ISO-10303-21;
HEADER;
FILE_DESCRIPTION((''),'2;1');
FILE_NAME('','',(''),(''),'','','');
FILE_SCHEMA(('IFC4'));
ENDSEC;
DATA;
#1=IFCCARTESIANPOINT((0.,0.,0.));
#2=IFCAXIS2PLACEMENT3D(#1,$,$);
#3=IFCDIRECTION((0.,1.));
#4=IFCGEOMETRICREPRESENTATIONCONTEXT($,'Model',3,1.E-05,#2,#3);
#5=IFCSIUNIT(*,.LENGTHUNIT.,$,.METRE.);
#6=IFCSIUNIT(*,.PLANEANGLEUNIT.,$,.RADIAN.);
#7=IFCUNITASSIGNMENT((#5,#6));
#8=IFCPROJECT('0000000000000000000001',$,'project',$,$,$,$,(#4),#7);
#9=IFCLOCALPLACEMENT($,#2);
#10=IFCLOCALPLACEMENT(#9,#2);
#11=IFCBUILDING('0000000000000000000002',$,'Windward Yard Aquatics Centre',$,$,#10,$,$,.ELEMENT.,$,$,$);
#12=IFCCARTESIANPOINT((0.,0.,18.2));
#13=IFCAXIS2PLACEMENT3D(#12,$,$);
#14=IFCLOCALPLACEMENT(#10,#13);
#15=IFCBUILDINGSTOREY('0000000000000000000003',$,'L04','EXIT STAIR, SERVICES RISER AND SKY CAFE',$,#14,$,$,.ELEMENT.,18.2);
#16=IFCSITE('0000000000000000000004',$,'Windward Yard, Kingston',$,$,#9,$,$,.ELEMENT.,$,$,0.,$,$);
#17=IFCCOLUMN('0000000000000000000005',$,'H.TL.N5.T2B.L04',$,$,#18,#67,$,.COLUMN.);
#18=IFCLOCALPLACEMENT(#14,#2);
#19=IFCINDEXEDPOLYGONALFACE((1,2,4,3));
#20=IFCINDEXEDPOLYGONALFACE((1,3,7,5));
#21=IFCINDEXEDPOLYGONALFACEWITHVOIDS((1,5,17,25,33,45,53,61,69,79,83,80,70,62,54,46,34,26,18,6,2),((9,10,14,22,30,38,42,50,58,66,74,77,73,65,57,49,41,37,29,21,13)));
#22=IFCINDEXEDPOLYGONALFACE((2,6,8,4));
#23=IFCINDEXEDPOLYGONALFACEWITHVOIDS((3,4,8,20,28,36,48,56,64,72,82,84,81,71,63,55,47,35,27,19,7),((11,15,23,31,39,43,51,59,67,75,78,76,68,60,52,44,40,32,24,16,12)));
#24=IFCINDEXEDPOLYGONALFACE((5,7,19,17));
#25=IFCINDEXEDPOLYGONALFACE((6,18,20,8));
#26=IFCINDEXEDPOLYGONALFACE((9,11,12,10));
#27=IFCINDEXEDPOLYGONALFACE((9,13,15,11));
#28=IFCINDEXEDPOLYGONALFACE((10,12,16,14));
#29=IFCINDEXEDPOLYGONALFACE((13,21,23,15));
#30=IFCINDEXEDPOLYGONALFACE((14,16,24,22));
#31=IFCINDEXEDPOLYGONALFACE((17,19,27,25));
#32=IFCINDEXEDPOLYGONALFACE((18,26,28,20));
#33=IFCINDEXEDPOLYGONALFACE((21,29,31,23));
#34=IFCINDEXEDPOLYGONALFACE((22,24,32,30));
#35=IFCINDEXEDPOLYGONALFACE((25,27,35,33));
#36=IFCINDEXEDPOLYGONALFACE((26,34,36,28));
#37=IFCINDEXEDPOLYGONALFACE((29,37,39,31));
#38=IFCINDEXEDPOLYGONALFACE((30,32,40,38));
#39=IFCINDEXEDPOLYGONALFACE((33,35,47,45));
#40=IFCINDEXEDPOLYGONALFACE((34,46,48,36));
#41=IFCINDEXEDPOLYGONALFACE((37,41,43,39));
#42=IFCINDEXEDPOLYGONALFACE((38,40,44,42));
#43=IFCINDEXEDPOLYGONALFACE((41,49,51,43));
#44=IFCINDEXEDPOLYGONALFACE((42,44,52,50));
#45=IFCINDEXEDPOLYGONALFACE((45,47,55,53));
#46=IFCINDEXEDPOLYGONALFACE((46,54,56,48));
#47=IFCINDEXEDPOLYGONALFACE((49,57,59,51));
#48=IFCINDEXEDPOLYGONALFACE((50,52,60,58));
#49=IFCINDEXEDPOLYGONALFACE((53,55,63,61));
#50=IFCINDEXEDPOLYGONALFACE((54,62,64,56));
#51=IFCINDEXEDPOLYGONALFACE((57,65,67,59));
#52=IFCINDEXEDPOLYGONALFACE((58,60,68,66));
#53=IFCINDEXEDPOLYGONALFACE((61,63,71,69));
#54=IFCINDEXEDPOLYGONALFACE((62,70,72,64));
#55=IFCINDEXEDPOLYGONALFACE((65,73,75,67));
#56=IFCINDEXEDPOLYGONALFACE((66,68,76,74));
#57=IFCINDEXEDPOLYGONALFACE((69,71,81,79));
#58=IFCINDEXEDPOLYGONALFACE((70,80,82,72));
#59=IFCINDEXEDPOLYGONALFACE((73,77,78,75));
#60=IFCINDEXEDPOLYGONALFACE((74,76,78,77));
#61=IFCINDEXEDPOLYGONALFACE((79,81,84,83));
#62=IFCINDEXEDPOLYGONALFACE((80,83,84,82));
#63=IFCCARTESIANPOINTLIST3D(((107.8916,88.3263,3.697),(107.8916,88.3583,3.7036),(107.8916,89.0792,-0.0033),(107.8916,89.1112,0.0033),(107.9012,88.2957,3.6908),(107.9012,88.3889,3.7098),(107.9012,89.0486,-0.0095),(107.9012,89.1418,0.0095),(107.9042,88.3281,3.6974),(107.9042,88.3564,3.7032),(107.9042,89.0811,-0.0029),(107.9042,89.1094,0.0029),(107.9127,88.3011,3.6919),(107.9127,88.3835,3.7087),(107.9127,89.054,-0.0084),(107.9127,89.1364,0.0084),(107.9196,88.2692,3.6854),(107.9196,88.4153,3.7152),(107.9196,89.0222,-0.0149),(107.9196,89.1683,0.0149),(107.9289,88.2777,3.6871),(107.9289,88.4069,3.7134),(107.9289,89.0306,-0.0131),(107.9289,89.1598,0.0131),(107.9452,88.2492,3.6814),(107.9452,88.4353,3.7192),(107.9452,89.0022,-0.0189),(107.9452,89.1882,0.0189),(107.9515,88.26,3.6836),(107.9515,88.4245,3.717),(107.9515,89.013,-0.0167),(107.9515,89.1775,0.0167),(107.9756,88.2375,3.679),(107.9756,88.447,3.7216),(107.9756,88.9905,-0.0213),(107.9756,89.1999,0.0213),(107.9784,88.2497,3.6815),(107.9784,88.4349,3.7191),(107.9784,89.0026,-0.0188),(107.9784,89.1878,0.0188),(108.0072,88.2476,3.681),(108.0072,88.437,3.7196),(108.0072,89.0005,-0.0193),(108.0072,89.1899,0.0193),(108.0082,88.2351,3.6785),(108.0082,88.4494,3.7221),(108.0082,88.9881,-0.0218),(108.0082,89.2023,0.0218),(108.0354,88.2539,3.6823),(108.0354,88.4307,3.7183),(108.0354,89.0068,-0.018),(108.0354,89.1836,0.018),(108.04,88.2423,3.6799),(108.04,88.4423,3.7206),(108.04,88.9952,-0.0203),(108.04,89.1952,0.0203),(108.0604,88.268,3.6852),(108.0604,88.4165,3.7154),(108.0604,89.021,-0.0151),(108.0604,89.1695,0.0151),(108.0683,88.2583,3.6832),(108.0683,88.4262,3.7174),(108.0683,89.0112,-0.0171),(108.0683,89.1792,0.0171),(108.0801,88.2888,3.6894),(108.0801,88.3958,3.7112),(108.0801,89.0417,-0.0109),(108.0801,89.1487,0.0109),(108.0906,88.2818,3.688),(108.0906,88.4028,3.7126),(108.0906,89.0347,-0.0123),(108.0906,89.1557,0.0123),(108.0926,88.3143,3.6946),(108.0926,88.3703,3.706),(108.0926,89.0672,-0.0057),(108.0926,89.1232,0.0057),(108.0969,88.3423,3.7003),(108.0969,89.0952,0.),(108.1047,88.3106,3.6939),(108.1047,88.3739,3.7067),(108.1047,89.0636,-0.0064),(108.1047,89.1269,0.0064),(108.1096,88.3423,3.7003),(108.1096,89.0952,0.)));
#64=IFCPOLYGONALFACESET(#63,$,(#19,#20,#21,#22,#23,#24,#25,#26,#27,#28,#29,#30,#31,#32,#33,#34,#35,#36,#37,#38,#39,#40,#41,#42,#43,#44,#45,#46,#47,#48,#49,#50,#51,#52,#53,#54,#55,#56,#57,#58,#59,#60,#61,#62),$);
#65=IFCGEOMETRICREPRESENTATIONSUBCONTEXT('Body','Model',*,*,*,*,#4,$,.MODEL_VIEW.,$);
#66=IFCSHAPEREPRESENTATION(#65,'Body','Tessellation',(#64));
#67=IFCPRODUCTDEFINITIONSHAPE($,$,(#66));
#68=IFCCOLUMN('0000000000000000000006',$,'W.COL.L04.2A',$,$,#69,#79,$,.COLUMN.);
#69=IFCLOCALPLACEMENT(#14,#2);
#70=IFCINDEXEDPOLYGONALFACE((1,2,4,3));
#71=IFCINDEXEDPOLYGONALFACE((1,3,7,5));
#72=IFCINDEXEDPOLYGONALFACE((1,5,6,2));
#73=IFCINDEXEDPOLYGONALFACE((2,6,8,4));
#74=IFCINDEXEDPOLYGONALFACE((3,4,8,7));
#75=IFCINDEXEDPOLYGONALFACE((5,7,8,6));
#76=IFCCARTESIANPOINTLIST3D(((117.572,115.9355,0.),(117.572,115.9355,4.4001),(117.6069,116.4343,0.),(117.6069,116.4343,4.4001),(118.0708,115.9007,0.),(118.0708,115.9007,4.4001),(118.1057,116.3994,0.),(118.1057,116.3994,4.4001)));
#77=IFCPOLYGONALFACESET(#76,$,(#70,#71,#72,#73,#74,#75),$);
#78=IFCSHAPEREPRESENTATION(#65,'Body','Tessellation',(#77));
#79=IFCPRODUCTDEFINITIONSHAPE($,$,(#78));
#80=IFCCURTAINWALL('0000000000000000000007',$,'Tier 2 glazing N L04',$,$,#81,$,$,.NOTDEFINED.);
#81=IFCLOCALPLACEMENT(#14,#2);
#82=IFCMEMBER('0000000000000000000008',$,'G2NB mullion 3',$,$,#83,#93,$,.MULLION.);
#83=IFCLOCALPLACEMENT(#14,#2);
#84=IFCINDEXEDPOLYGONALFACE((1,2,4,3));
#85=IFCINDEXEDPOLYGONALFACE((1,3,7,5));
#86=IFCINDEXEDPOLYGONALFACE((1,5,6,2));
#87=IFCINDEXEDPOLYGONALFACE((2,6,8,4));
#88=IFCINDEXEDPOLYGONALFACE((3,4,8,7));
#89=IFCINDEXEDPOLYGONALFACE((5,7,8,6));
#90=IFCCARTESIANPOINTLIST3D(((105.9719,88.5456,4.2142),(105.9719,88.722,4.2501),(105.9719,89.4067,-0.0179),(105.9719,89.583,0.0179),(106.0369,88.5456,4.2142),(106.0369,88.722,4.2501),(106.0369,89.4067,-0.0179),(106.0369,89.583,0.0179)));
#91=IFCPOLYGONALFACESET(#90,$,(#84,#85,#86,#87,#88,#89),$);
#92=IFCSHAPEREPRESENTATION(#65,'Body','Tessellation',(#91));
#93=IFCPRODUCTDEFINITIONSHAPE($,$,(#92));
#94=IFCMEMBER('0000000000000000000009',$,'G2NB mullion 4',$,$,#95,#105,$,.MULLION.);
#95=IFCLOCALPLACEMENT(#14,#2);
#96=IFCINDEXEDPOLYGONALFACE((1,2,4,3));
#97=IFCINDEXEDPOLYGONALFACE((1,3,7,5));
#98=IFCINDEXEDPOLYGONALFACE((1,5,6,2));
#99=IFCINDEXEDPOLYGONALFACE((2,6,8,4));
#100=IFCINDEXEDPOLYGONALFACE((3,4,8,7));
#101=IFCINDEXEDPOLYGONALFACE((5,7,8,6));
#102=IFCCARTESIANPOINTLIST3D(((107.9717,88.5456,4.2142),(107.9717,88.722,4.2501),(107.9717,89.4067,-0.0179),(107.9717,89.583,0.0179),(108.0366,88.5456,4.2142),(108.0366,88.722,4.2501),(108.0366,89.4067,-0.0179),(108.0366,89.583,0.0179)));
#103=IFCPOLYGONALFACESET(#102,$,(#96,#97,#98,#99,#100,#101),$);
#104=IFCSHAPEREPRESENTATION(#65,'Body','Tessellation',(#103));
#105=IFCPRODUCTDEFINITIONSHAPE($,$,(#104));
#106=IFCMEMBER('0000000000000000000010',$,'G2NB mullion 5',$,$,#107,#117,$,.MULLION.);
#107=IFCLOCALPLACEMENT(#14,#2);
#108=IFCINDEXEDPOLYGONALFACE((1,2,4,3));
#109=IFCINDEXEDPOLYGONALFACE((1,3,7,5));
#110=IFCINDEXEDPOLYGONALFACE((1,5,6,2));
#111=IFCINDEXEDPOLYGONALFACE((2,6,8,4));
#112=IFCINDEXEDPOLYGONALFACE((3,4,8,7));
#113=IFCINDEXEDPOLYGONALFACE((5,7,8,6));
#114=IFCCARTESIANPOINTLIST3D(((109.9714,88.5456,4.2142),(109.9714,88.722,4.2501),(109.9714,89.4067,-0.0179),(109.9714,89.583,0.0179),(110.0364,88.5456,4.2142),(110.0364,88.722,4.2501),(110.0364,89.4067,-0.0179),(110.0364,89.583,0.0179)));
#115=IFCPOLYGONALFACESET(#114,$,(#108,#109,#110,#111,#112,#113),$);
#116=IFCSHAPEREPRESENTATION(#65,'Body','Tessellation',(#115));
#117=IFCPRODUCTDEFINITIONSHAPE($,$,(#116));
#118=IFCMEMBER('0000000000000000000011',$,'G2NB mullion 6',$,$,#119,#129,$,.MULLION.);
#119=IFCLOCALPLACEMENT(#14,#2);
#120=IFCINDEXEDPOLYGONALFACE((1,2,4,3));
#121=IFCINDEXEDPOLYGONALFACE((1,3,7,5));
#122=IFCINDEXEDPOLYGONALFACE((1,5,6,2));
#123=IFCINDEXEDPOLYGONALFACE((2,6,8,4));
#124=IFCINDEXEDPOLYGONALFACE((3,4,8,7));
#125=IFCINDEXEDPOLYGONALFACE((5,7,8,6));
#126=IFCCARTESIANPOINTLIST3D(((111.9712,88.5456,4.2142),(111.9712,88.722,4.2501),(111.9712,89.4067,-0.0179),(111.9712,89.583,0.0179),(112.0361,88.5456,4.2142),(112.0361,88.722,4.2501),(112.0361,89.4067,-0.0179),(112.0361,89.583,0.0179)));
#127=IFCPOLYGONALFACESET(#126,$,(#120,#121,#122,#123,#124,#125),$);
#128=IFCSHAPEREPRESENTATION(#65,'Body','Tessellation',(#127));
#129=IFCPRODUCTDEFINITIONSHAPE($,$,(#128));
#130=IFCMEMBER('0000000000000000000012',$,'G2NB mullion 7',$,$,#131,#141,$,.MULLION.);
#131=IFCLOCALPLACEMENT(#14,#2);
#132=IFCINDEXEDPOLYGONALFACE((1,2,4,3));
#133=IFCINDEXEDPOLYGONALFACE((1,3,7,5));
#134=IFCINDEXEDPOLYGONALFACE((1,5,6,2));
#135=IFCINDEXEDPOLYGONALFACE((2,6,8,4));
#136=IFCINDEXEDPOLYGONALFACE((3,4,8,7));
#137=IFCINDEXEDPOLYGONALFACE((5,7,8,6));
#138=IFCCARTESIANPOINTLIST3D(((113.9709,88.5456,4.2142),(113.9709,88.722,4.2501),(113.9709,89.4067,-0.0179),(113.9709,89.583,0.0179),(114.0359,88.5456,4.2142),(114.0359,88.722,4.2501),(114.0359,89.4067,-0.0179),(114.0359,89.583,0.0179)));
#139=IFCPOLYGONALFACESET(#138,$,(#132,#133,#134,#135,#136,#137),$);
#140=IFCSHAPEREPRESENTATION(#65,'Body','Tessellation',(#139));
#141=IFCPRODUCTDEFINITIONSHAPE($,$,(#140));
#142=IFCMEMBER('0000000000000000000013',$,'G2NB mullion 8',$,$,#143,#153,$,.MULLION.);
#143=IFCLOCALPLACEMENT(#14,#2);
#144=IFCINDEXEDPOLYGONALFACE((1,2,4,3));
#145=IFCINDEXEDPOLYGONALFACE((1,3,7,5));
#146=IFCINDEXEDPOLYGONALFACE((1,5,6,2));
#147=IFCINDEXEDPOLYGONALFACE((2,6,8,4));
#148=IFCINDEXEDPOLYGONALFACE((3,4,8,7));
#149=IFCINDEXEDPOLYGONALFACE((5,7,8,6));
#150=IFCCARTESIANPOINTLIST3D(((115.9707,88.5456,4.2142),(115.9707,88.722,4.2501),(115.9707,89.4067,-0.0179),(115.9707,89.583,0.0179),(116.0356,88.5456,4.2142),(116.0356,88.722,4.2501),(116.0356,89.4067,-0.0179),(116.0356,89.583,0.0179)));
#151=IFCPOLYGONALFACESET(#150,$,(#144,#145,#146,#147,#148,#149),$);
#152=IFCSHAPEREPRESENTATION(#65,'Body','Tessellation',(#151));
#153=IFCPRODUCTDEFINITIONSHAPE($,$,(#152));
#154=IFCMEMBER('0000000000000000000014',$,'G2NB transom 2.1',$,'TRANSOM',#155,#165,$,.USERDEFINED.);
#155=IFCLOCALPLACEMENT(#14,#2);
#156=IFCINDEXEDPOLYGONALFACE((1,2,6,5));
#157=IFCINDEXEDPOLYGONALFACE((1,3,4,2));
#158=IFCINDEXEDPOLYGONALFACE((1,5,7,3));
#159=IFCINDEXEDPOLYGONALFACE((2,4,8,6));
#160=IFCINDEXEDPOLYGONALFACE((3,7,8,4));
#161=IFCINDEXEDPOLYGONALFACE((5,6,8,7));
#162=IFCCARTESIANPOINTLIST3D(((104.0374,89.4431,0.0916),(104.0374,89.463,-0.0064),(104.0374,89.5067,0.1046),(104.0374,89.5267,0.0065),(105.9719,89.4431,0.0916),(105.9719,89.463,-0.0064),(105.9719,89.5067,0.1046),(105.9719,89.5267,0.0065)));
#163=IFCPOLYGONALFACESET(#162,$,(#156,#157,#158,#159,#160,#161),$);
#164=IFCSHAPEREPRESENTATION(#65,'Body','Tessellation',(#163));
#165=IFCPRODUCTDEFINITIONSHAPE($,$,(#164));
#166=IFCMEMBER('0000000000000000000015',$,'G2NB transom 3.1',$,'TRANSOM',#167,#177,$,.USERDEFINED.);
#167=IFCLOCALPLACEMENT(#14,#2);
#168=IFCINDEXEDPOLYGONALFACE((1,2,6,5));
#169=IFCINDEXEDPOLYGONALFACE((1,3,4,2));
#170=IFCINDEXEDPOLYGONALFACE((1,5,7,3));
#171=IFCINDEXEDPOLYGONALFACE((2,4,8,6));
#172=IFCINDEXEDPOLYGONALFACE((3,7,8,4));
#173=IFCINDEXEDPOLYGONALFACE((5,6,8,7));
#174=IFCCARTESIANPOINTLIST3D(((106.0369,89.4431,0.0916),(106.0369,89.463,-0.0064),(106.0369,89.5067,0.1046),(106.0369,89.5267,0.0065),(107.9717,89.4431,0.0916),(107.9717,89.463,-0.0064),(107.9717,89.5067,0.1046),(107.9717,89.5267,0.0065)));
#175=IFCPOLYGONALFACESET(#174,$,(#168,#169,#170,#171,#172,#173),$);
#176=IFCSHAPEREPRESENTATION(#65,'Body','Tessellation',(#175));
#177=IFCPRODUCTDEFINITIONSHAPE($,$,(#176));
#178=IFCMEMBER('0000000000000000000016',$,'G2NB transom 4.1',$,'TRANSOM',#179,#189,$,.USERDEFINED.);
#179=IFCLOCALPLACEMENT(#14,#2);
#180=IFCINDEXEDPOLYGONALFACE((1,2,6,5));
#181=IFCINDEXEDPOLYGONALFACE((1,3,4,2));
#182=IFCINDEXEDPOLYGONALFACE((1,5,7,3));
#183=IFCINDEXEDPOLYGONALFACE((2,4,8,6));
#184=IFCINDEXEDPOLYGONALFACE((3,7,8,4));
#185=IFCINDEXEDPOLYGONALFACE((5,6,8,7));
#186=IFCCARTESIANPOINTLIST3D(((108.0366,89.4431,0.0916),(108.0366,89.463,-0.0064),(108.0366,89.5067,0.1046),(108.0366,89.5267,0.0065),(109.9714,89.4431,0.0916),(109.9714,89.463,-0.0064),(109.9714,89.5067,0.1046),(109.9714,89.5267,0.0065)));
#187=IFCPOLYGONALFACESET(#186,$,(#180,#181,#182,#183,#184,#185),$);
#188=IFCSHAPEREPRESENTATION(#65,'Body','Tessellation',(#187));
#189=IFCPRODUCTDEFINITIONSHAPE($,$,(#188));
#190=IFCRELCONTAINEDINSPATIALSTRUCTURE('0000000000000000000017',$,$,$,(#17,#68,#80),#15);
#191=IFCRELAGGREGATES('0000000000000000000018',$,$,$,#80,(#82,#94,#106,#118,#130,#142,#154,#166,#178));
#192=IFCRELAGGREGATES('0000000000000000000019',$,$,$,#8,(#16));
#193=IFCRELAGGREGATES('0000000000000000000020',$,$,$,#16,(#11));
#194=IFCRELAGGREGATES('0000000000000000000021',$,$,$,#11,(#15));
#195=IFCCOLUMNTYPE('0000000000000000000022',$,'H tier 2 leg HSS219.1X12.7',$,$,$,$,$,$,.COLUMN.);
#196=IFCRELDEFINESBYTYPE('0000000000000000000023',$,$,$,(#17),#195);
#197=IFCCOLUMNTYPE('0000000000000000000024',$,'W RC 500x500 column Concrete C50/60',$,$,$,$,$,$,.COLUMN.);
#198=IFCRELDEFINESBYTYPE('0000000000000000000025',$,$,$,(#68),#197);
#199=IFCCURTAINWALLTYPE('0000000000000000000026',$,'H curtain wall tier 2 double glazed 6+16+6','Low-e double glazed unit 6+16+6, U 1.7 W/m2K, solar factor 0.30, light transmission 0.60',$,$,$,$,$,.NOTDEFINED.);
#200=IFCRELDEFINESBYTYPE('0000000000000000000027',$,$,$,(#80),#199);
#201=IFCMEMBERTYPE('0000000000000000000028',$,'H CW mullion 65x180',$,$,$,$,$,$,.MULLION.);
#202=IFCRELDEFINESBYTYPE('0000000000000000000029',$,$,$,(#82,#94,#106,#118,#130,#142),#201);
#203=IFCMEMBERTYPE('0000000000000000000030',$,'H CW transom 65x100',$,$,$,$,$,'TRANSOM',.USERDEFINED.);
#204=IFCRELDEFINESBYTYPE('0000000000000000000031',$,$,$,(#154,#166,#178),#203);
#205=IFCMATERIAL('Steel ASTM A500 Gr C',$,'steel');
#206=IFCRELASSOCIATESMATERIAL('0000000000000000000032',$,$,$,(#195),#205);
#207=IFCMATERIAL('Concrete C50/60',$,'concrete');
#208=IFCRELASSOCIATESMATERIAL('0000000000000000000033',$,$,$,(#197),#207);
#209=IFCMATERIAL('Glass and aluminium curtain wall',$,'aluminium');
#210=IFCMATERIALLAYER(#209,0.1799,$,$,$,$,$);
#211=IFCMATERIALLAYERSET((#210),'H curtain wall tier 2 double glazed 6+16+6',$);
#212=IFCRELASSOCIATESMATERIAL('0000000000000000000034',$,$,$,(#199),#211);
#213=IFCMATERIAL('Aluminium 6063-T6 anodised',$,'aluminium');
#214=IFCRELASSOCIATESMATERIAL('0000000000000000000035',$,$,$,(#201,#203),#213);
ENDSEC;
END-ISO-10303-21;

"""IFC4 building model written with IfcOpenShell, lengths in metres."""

from ifc_helpers import new_model, si_unit, direction, frame, origin, origin_2d, place, context, subcontext, project, spatial, rectangle, hollow_circle, extrude, material, layer, layer_set, material_profile, profile_set, type_object, element, aggregate, save


model = new_model("IFC4")

# Units and contexts
model_context = context("Model", 3, precision=1e-05, world=origin(), true_north=direction((0.0, 1.0)))
body_context = subcontext(model_context, "Body", "Model", "MODEL_VIEW")
ifc_project = project(units=[si_unit("LENGTHUNIT", "METRE"), si_unit("PLANEANGLEUNIT", "RADIAN")], contexts=[model_context])

# Site, building, storey
site_placement = place(None, origin())
site = spatial("IfcSite", under=ifc_project, at=site_placement, Name="Windward Yard, Kingston", CompositionType="ELEMENT", RefElevation=0.0)
building_placement = place(site_placement, origin())
building = spatial("IfcBuilding", under=site, at=building_placement, Name="Windward Yard Aquatics Centre", CompositionType="ELEMENT")
storey_placement = place(building_placement, frame((0.0, 0.0, 18.2)))
storey = spatial("IfcBuildingStorey", under=building, at=storey_placement, Name="L04", Description="EXIT STAIR, SERVICES RISER AND SKY CAFE", CompositionType="ELEMENT", Elevation=18.2)

# Columns
ifc_material_1 = material(Name="Steel ASTM A500 Gr C", Category="steel")
ifc_material_profile_1 = material_profile(ifc_material_1, hollow_circle(Radius=0.1096, WallThickness=0.0127, at=origin_2d()), Name="HSS219.1X12.7")
ifc_profile_set_1 = profile_set([ifc_material_profile_1], Name="Steel ASTM A500 Gr C")
column_type_1 = type_object("IfcColumnType", Name="H tier 2 leg HSS219.1X12.7", PredefinedType="COLUMN", material=ifc_profile_set_1)
column_1_placement = place(storey_placement, frame((108.0, 89.0952, 0.0), z_axis=(0.0, -0.199398, 0.979919), x_axis=(1.0, 0.0, 0.0)))
element("IfcColumn", 1, at=column_1_placement, inside=storey, type_object=column_type_1, Name="H.TL.N5.T2B.L04", PredefinedType="COLUMN", context=body_context, shape_type="SweptSolid", body=[
    extrude(hollow_circle(Radius=0.1096, WallThickness=0.0127, at=origin_2d()), origin(), (0.0, 0.0, 1.0), 3.7761),
])
ifc_material_2 = material(Name="Concrete C50/60", Category="concrete")
ifc_material_profile_2 = material_profile(ifc_material_2, rectangle(XDim=0.5, YDim=0.5, at=origin_2d()), Name="RC 500x500")
ifc_profile_set_2 = profile_set([ifc_material_profile_2], Name="Concrete C50/60")
column_type_2 = type_object("IfcColumnType", Name="W RC 500x500 column Concrete C50/60", PredefinedType="COLUMN", material=ifc_profile_set_2)
column_2_placement = place(storey_placement, frame((117.8389, 116.1675, 0.0), z_axis=(0.0, 0.0, 1.0), x_axis=(0.997564, -0.069756, 0.0)))
element("IfcColumn", 2, at=column_2_placement, inside=storey, type_object=column_type_2, Name="W.COL.L04.2A", PredefinedType="COLUMN", context=body_context, shape_type="SweptSolid", body=[
    extrude(rectangle(XDim=0.5, YDim=0.5, at=origin_2d()), origin(), (0.0, 0.0, 1.0), 4.4001),
])

# Curtain wall, members
ifc_material_3 = material(Name="Glass and aluminium curtain wall", Category="aluminium")
ifc_layer_1 = layer(ifc_material_3, 0.1799)
ifc_layer_set_1 = layer_set([ifc_layer_1], Name="H curtain wall tier 2 double glazed 6+16+6")
curtain_wall_type_1 = type_object("IfcCurtainWallType", Name="H curtain wall tier 2 double glazed 6+16+6", Description="Low-e double glazed unit 6+16+6, U 1.7 W/m2K, solar factor 0.30, light transmission 0.60", PredefinedType="NOTDEFINED", material=ifc_layer_set_1)
curtain_wall_1_placement = place(storey_placement, origin())
curtain_wall_1 = element("IfcCurtainWall", 3, at=curtain_wall_1_placement, inside=storey, type_object=curtain_wall_type_1, Name="Tier 2 glazing N L04", PredefinedType="NOTDEFINED")
ifc_material_4 = material(Name="Aluminium 6063-T6 anodised", Category="aluminium")
ifc_material_profile_3 = material_profile(ifc_material_4, rectangle(XDim=0.0649, YDim=0.1799, at=origin_2d()), Name="H CW mullion 65x180")
ifc_profile_set_3 = profile_set([ifc_material_profile_3], Name="Aluminium 6063-T6 anodised")
member_type_1 = type_object("IfcMemberType", Name="H CW mullion 65x180", PredefinedType="MULLION", material=ifc_profile_set_3)
member_1_placement = place(storey_placement, frame((106.0044, 89.4949, 0.0), z_axis=(0.0, -0.199376, 0.979923), x_axis=(1.0, 0.0, 0.0)))
member_1 = element("IfcMember", 4, at=member_1_placement, type_object=member_type_1, Name="G2NB mullion 3", PredefinedType="MULLION", context=body_context, shape_type="SweptSolid", body=[
    extrude(rectangle(XDim=0.0649, YDim=0.1799, at=origin_2d()), origin(), (0.0, 0.0, 1.0), 4.3188),
])
member_2_placement = place(storey_placement, frame((108.0042, 89.4949, 0.0), z_axis=(0.0, -0.199376, 0.979923), x_axis=(1.0, 0.0, 0.0)))
member_2 = element("IfcMember", 5, at=member_2_placement, type_object=member_type_1, Name="G2NB mullion 4", PredefinedType="MULLION", context=body_context, shape_type="SweptSolid", body=[
    extrude(rectangle(XDim=0.0649, YDim=0.1799, at=origin_2d()), origin(), (0.0, 0.0, 1.0), 4.3188),
])
member_3_placement = place(storey_placement, frame((110.0039, 89.4949, 0.0), z_axis=(0.0, -0.199376, 0.979923), x_axis=(1.0, 0.0, 0.0)))
member_3 = element("IfcMember", 6, at=member_3_placement, type_object=member_type_1, Name="G2NB mullion 5", PredefinedType="MULLION", context=body_context, shape_type="SweptSolid", body=[
    extrude(rectangle(XDim=0.0649, YDim=0.1799, at=origin_2d()), origin(), (0.0, 0.0, 1.0), 4.3188),
])
member_4_placement = place(storey_placement, frame((112.0037, 89.4949, 0.0), z_axis=(0.0, -0.199376, 0.979923), x_axis=(1.0, 0.0, 0.0)))
member_4 = element("IfcMember", 7, at=member_4_placement, type_object=member_type_1, Name="G2NB mullion 6", PredefinedType="MULLION", context=body_context, shape_type="SweptSolid", body=[
    extrude(rectangle(XDim=0.0649, YDim=0.1799, at=origin_2d()), origin(), (0.0, 0.0, 1.0), 4.3188),
])
member_5_placement = place(storey_placement, frame((114.0034, 89.4949, 0.0), z_axis=(0.0, -0.199376, 0.979923), x_axis=(1.0, 0.0, 0.0)))
member_5 = element("IfcMember", 8, at=member_5_placement, type_object=member_type_1, Name="G2NB mullion 7", PredefinedType="MULLION", context=body_context, shape_type="SweptSolid", body=[
    extrude(rectangle(XDim=0.0649, YDim=0.1799, at=origin_2d()), origin(), (0.0, 0.0, 1.0), 4.3188),
])
member_6_placement = place(storey_placement, frame((116.0032, 89.4949, 0.0), z_axis=(0.0, -0.199376, 0.979923), x_axis=(1.0, 0.0, 0.0)))
member_6 = element("IfcMember", 9, at=member_6_placement, type_object=member_type_1, Name="G2NB mullion 8", PredefinedType="MULLION", context=body_context, shape_type="SweptSolid", body=[
    extrude(rectangle(XDim=0.0649, YDim=0.1799, at=origin_2d()), origin(), (0.0, 0.0, 1.0), 4.3188),
])
ifc_material_profile_4 = material_profile(ifc_material_4, rectangle(XDim=0.0649, YDim=0.1001, at=origin_2d()), Name="H CW transom 65x100")
ifc_profile_set_4 = profile_set([ifc_material_profile_4], Name="Aluminium 6063-T6 anodised")
member_type_2 = type_object("IfcMemberType", Name="H CW transom 65x100", ElementType="TRANSOM", PredefinedType="USERDEFINED", material=ifc_profile_set_4)
member_7_placement = place(storey_placement, frame((104.0374, 89.4849, 0.0491), z_axis=(1.0, 0.0, 0.0), x_axis=(0.0, 0.979925, 0.199368)))
member_7 = element("IfcMember", 10, at=member_7_placement, type_object=member_type_2, Name="G2NB transom 2.1", ObjectType="TRANSOM", PredefinedType="USERDEFINED", context=body_context, shape_type="SweptSolid", body=[
    extrude(rectangle(XDim=0.0649, YDim=0.1001, at=origin_2d()), origin(), (0.0, 0.0, 1.0), 1.9346),
])
member_8_placement = place(storey_placement, frame((106.0369, 89.4849, 0.0491), z_axis=(1.0, 0.0, 0.0), x_axis=(0.0, 0.979925, 0.199368)))
member_8 = element("IfcMember", 11, at=member_8_placement, type_object=member_type_2, Name="G2NB transom 3.1", ObjectType="TRANSOM", PredefinedType="USERDEFINED", context=body_context, shape_type="SweptSolid", body=[
    extrude(rectangle(XDim=0.0649, YDim=0.1001, at=origin_2d()), origin(), (0.0, 0.0, 1.0), 1.9348),
])
member_9_placement = place(storey_placement, frame((108.0366, 89.4849, 0.0491), z_axis=(1.0, 0.0, 0.0), x_axis=(0.0, 0.979925, 0.199368)))
member_9 = element("IfcMember", 12, at=member_9_placement, type_object=member_type_2, Name="G2NB transom 4.1", ObjectType="TRANSOM", PredefinedType="USERDEFINED", context=body_context, shape_type="SweptSolid", body=[
    extrude(rectangle(XDim=0.0649, YDim=0.1001, at=origin_2d()), origin(), (0.0, 0.0, 1.0), 1.9348),
])

aggregate(curtain_wall_1, [member_1, member_2, member_3, member_4, member_5, member_6, member_7, member_8, member_9])

save(model, "model.ifc")
